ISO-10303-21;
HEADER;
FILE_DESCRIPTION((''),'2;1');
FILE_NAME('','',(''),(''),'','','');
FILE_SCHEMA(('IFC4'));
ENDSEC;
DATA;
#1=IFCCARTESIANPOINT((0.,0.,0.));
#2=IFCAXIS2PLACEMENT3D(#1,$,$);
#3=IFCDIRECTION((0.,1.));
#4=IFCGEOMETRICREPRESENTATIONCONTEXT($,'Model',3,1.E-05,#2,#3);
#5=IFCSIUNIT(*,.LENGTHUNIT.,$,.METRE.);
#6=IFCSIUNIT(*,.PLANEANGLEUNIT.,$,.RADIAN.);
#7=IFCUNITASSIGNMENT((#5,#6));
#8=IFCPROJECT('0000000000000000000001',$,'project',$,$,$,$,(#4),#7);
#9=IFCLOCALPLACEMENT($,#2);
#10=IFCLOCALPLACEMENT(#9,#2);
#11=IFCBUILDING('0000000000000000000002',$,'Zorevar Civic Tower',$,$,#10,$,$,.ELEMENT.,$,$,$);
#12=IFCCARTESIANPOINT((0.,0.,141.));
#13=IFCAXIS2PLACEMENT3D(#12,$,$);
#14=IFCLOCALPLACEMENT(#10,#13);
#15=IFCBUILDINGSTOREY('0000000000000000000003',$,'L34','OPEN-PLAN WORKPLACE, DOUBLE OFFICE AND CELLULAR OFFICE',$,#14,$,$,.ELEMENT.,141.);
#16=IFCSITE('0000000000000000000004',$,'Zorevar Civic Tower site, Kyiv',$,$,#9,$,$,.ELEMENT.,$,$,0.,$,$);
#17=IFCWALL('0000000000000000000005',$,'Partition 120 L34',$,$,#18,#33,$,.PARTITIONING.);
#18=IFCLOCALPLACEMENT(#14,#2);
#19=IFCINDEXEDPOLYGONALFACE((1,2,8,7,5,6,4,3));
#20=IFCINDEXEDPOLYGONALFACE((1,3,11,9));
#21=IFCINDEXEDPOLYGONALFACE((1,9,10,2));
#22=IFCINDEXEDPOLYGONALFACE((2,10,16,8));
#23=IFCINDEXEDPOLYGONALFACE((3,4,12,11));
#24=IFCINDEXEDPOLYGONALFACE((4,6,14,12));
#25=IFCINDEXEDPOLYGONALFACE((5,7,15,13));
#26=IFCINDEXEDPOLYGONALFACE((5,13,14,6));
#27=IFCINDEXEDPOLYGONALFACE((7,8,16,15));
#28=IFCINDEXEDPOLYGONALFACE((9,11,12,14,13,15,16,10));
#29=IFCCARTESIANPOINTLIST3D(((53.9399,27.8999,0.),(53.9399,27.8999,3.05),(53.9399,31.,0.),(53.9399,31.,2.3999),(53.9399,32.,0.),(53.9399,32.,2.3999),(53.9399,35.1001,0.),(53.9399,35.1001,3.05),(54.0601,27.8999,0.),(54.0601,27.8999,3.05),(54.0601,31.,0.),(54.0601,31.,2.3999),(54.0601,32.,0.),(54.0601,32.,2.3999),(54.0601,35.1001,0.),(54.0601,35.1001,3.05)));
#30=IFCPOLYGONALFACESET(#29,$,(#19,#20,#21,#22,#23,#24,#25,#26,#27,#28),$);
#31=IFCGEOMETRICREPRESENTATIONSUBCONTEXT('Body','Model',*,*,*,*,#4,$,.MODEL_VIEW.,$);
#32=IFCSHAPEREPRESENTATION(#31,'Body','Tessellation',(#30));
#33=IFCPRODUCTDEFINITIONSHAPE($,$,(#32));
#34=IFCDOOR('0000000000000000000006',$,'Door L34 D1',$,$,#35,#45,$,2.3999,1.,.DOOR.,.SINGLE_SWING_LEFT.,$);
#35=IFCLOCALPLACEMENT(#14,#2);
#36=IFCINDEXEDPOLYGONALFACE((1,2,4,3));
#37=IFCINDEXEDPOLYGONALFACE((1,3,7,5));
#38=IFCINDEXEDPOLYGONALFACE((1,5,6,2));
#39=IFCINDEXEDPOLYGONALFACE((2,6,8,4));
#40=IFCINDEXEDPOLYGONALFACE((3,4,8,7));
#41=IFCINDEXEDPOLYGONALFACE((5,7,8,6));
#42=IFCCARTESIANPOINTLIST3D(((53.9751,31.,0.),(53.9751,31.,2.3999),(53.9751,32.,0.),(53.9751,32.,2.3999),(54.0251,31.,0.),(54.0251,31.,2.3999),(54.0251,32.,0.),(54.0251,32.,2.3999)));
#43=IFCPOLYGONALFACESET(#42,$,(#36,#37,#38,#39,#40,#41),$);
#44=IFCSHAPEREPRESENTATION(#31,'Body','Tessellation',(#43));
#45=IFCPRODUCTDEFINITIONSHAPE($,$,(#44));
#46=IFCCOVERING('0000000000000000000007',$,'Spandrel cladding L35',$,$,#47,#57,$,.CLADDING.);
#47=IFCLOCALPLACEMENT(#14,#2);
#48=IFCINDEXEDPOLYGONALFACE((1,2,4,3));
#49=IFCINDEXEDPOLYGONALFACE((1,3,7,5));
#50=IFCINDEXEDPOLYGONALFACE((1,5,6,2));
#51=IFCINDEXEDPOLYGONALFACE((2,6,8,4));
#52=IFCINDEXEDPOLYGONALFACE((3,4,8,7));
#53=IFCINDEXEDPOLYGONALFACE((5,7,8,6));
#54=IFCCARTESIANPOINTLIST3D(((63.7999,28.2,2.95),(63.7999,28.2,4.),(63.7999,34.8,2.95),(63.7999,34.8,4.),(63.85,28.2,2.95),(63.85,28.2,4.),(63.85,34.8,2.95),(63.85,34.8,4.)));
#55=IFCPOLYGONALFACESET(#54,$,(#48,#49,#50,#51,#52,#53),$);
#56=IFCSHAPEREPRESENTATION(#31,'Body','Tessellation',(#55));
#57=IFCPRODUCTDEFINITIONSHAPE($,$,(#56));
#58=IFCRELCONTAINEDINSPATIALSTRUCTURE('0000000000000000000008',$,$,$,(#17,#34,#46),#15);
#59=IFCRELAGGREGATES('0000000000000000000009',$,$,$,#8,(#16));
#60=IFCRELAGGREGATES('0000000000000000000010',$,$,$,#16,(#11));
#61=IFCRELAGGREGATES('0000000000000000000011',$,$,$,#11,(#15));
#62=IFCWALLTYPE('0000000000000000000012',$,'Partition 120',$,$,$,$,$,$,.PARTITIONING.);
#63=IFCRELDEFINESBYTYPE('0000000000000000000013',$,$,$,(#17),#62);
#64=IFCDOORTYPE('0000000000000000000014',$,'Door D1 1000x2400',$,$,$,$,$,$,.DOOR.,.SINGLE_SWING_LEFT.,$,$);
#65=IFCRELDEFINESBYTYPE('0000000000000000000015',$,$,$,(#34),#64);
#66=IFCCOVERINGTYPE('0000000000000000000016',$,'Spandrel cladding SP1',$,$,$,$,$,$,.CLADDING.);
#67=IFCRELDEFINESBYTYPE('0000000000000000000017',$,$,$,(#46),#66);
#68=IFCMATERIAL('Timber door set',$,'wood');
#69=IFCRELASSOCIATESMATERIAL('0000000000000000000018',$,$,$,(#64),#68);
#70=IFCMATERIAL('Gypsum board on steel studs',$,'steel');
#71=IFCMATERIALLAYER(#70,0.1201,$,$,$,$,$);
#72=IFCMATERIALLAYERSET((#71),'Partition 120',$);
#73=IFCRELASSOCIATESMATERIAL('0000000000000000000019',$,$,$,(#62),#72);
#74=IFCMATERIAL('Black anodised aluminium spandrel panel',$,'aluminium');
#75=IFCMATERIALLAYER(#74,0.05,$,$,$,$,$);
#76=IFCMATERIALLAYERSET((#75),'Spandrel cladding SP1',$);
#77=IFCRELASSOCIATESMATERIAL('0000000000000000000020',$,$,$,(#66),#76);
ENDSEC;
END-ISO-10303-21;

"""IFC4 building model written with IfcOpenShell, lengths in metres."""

from ifc_helpers import new_model, si_unit, direction, frame, frame_2d, origin, place, context, subcontext, project, spatial, rectangle, extrude, material, layer, layer_set, type_object, element, fill, save


model = new_model("IFC4")

# Units and contexts
model_context = context("Model", 3, precision=1e-05, world=origin(), true_north=direction((0.0, 1.0)))
body_context = subcontext(model_context, "Body", "Model", "MODEL_VIEW")
ifc_project = project(units=[si_unit("LENGTHUNIT", "METRE"), si_unit("PLANEANGLEUNIT", "RADIAN")], contexts=[model_context])

# Site, building, storey
site_placement = place(None, origin())
site = spatial("IfcSite", under=ifc_project, at=site_placement, Name="Zorevar Civic Tower site, Kyiv", CompositionType="ELEMENT", RefElevation=0.0)
building_placement = place(site_placement, origin())
building = spatial("IfcBuilding", under=site, at=building_placement, Name="Zorevar Civic Tower", CompositionType="ELEMENT")
storey_placement = place(building_placement, frame((0.0, 0.0, 141.0)))
storey = spatial("IfcBuildingStorey", under=building, at=storey_placement, Name="L34", Description="OPEN-PLAN WORKPLACE, DOUBLE OFFICE AND CELLULAR OFFICE", CompositionType="ELEMENT", Elevation=141.0)

# Shared definitions
ifc_material_1 = material(Name="Timber door set", Category="wood")
door_type_1 = type_object("IfcDoorType", Name="Door D1 1000x2400", OperationType="SINGLE_SWING_LEFT", PredefinedType="DOOR", material=ifc_material_1)

# Shared definitions
ifc_material_2 = material(Name="Gypsum board on steel studs", Category="steel")
ifc_layer_1 = layer(ifc_material_2, 0.1201)
ifc_layer_set_1 = layer_set([ifc_layer_1], Name="Partition 120")
wall_type_1 = type_object("IfcWallType", Name="Partition 120", PredefinedType="PARTITIONING", material=ifc_layer_set_1)

# Wall, opening, door
wall_1_placement = place(storey_placement, frame((54.0, 27.8999, 0.0), z_axis=(0.0, 0.0, 1.0), x_axis=(0.0, 1.0, 0.0)))
wall_1 = element("IfcWall", 1, at=wall_1_placement, inside=storey, type_object=wall_type_1, Name="Partition 120 L34", PredefinedType="PARTITIONING", context=body_context, shape_type="SweptSolid", body=[
    extrude(rectangle(XDim=7.2002, YDim=0.1201, at=frame_2d((3.6001, 0.0))), origin(), (0.0, 0.0, 1.0), 3.05),
])
opening_1_placement = place(wall_1_placement, frame((3.1001, 0.0, 0.0)))
opening_1 = element("IfcOpeningElement", 2, at=opening_1_placement, cuts=wall_1, PredefinedType="OPENING", context=body_context, shape_type="SweptSolid", body=[
    extrude(rectangle(XDim=1.0, YDim=2.3999, at=frame_2d((0.5, 1.2))), frame((0.0, 0.0701, 0.0), z_axis=(0.0, -1.0, 0.0), x_axis=(1.0, 0.0, 0.0)), (0.0, 0.0, 1.0), 0.1401),
])
door_1_placement = place(opening_1_placement, origin())
door_1 = element("IfcDoor", 3, at=door_1_placement, inside=storey, type_object=door_type_1, Name="Door L34 D1", OperationType="SINGLE_SWING_LEFT", OverallHeight=2.3999, OverallWidth=1.0, PredefinedType="DOOR", context=body_context, shape_type="SweptSolid", body=[
    extrude(rectangle(XDim=1.0, YDim=2.3999, at=frame_2d((0.5, 1.2))), frame((0.0, 0.0249, 0.0), z_axis=(0.0, -1.0, 0.0), x_axis=(1.0, 0.0, 0.0)), (0.0, 0.0, 1.0), 0.05),
])
fill(opening_1, door_1)

# Covering
ifc_material_3 = material(Name="Black anodised aluminium spandrel panel", Category="aluminium")
ifc_layer_2 = layer(ifc_material_3, 0.05)
ifc_layer_set_2 = layer_set([ifc_layer_2], Name="Spandrel cladding SP1")
covering_type = type_object("IfcCoveringType", Name="Spandrel cladding SP1", PredefinedType="CLADDING", material=ifc_layer_set_2)
covering_placement = place(storey_placement, frame((63.825, 28.2, 2.95), z_axis=(0.0, 0.0, 1.0), x_axis=(0.0, 1.0, 0.0)))
element("IfcCovering", 4, at=covering_placement, inside=storey, type_object=covering_type, Name="Spandrel cladding L35", PredefinedType="CLADDING", context=body_context, shape_type="SweptSolid", body=[
    extrude(rectangle(XDim=6.6001, YDim=0.05, at=frame_2d((3.3, 0.0))), origin(), (0.0, 0.0, 1.0), 1.05),
])

save(model, "model.ifc")
